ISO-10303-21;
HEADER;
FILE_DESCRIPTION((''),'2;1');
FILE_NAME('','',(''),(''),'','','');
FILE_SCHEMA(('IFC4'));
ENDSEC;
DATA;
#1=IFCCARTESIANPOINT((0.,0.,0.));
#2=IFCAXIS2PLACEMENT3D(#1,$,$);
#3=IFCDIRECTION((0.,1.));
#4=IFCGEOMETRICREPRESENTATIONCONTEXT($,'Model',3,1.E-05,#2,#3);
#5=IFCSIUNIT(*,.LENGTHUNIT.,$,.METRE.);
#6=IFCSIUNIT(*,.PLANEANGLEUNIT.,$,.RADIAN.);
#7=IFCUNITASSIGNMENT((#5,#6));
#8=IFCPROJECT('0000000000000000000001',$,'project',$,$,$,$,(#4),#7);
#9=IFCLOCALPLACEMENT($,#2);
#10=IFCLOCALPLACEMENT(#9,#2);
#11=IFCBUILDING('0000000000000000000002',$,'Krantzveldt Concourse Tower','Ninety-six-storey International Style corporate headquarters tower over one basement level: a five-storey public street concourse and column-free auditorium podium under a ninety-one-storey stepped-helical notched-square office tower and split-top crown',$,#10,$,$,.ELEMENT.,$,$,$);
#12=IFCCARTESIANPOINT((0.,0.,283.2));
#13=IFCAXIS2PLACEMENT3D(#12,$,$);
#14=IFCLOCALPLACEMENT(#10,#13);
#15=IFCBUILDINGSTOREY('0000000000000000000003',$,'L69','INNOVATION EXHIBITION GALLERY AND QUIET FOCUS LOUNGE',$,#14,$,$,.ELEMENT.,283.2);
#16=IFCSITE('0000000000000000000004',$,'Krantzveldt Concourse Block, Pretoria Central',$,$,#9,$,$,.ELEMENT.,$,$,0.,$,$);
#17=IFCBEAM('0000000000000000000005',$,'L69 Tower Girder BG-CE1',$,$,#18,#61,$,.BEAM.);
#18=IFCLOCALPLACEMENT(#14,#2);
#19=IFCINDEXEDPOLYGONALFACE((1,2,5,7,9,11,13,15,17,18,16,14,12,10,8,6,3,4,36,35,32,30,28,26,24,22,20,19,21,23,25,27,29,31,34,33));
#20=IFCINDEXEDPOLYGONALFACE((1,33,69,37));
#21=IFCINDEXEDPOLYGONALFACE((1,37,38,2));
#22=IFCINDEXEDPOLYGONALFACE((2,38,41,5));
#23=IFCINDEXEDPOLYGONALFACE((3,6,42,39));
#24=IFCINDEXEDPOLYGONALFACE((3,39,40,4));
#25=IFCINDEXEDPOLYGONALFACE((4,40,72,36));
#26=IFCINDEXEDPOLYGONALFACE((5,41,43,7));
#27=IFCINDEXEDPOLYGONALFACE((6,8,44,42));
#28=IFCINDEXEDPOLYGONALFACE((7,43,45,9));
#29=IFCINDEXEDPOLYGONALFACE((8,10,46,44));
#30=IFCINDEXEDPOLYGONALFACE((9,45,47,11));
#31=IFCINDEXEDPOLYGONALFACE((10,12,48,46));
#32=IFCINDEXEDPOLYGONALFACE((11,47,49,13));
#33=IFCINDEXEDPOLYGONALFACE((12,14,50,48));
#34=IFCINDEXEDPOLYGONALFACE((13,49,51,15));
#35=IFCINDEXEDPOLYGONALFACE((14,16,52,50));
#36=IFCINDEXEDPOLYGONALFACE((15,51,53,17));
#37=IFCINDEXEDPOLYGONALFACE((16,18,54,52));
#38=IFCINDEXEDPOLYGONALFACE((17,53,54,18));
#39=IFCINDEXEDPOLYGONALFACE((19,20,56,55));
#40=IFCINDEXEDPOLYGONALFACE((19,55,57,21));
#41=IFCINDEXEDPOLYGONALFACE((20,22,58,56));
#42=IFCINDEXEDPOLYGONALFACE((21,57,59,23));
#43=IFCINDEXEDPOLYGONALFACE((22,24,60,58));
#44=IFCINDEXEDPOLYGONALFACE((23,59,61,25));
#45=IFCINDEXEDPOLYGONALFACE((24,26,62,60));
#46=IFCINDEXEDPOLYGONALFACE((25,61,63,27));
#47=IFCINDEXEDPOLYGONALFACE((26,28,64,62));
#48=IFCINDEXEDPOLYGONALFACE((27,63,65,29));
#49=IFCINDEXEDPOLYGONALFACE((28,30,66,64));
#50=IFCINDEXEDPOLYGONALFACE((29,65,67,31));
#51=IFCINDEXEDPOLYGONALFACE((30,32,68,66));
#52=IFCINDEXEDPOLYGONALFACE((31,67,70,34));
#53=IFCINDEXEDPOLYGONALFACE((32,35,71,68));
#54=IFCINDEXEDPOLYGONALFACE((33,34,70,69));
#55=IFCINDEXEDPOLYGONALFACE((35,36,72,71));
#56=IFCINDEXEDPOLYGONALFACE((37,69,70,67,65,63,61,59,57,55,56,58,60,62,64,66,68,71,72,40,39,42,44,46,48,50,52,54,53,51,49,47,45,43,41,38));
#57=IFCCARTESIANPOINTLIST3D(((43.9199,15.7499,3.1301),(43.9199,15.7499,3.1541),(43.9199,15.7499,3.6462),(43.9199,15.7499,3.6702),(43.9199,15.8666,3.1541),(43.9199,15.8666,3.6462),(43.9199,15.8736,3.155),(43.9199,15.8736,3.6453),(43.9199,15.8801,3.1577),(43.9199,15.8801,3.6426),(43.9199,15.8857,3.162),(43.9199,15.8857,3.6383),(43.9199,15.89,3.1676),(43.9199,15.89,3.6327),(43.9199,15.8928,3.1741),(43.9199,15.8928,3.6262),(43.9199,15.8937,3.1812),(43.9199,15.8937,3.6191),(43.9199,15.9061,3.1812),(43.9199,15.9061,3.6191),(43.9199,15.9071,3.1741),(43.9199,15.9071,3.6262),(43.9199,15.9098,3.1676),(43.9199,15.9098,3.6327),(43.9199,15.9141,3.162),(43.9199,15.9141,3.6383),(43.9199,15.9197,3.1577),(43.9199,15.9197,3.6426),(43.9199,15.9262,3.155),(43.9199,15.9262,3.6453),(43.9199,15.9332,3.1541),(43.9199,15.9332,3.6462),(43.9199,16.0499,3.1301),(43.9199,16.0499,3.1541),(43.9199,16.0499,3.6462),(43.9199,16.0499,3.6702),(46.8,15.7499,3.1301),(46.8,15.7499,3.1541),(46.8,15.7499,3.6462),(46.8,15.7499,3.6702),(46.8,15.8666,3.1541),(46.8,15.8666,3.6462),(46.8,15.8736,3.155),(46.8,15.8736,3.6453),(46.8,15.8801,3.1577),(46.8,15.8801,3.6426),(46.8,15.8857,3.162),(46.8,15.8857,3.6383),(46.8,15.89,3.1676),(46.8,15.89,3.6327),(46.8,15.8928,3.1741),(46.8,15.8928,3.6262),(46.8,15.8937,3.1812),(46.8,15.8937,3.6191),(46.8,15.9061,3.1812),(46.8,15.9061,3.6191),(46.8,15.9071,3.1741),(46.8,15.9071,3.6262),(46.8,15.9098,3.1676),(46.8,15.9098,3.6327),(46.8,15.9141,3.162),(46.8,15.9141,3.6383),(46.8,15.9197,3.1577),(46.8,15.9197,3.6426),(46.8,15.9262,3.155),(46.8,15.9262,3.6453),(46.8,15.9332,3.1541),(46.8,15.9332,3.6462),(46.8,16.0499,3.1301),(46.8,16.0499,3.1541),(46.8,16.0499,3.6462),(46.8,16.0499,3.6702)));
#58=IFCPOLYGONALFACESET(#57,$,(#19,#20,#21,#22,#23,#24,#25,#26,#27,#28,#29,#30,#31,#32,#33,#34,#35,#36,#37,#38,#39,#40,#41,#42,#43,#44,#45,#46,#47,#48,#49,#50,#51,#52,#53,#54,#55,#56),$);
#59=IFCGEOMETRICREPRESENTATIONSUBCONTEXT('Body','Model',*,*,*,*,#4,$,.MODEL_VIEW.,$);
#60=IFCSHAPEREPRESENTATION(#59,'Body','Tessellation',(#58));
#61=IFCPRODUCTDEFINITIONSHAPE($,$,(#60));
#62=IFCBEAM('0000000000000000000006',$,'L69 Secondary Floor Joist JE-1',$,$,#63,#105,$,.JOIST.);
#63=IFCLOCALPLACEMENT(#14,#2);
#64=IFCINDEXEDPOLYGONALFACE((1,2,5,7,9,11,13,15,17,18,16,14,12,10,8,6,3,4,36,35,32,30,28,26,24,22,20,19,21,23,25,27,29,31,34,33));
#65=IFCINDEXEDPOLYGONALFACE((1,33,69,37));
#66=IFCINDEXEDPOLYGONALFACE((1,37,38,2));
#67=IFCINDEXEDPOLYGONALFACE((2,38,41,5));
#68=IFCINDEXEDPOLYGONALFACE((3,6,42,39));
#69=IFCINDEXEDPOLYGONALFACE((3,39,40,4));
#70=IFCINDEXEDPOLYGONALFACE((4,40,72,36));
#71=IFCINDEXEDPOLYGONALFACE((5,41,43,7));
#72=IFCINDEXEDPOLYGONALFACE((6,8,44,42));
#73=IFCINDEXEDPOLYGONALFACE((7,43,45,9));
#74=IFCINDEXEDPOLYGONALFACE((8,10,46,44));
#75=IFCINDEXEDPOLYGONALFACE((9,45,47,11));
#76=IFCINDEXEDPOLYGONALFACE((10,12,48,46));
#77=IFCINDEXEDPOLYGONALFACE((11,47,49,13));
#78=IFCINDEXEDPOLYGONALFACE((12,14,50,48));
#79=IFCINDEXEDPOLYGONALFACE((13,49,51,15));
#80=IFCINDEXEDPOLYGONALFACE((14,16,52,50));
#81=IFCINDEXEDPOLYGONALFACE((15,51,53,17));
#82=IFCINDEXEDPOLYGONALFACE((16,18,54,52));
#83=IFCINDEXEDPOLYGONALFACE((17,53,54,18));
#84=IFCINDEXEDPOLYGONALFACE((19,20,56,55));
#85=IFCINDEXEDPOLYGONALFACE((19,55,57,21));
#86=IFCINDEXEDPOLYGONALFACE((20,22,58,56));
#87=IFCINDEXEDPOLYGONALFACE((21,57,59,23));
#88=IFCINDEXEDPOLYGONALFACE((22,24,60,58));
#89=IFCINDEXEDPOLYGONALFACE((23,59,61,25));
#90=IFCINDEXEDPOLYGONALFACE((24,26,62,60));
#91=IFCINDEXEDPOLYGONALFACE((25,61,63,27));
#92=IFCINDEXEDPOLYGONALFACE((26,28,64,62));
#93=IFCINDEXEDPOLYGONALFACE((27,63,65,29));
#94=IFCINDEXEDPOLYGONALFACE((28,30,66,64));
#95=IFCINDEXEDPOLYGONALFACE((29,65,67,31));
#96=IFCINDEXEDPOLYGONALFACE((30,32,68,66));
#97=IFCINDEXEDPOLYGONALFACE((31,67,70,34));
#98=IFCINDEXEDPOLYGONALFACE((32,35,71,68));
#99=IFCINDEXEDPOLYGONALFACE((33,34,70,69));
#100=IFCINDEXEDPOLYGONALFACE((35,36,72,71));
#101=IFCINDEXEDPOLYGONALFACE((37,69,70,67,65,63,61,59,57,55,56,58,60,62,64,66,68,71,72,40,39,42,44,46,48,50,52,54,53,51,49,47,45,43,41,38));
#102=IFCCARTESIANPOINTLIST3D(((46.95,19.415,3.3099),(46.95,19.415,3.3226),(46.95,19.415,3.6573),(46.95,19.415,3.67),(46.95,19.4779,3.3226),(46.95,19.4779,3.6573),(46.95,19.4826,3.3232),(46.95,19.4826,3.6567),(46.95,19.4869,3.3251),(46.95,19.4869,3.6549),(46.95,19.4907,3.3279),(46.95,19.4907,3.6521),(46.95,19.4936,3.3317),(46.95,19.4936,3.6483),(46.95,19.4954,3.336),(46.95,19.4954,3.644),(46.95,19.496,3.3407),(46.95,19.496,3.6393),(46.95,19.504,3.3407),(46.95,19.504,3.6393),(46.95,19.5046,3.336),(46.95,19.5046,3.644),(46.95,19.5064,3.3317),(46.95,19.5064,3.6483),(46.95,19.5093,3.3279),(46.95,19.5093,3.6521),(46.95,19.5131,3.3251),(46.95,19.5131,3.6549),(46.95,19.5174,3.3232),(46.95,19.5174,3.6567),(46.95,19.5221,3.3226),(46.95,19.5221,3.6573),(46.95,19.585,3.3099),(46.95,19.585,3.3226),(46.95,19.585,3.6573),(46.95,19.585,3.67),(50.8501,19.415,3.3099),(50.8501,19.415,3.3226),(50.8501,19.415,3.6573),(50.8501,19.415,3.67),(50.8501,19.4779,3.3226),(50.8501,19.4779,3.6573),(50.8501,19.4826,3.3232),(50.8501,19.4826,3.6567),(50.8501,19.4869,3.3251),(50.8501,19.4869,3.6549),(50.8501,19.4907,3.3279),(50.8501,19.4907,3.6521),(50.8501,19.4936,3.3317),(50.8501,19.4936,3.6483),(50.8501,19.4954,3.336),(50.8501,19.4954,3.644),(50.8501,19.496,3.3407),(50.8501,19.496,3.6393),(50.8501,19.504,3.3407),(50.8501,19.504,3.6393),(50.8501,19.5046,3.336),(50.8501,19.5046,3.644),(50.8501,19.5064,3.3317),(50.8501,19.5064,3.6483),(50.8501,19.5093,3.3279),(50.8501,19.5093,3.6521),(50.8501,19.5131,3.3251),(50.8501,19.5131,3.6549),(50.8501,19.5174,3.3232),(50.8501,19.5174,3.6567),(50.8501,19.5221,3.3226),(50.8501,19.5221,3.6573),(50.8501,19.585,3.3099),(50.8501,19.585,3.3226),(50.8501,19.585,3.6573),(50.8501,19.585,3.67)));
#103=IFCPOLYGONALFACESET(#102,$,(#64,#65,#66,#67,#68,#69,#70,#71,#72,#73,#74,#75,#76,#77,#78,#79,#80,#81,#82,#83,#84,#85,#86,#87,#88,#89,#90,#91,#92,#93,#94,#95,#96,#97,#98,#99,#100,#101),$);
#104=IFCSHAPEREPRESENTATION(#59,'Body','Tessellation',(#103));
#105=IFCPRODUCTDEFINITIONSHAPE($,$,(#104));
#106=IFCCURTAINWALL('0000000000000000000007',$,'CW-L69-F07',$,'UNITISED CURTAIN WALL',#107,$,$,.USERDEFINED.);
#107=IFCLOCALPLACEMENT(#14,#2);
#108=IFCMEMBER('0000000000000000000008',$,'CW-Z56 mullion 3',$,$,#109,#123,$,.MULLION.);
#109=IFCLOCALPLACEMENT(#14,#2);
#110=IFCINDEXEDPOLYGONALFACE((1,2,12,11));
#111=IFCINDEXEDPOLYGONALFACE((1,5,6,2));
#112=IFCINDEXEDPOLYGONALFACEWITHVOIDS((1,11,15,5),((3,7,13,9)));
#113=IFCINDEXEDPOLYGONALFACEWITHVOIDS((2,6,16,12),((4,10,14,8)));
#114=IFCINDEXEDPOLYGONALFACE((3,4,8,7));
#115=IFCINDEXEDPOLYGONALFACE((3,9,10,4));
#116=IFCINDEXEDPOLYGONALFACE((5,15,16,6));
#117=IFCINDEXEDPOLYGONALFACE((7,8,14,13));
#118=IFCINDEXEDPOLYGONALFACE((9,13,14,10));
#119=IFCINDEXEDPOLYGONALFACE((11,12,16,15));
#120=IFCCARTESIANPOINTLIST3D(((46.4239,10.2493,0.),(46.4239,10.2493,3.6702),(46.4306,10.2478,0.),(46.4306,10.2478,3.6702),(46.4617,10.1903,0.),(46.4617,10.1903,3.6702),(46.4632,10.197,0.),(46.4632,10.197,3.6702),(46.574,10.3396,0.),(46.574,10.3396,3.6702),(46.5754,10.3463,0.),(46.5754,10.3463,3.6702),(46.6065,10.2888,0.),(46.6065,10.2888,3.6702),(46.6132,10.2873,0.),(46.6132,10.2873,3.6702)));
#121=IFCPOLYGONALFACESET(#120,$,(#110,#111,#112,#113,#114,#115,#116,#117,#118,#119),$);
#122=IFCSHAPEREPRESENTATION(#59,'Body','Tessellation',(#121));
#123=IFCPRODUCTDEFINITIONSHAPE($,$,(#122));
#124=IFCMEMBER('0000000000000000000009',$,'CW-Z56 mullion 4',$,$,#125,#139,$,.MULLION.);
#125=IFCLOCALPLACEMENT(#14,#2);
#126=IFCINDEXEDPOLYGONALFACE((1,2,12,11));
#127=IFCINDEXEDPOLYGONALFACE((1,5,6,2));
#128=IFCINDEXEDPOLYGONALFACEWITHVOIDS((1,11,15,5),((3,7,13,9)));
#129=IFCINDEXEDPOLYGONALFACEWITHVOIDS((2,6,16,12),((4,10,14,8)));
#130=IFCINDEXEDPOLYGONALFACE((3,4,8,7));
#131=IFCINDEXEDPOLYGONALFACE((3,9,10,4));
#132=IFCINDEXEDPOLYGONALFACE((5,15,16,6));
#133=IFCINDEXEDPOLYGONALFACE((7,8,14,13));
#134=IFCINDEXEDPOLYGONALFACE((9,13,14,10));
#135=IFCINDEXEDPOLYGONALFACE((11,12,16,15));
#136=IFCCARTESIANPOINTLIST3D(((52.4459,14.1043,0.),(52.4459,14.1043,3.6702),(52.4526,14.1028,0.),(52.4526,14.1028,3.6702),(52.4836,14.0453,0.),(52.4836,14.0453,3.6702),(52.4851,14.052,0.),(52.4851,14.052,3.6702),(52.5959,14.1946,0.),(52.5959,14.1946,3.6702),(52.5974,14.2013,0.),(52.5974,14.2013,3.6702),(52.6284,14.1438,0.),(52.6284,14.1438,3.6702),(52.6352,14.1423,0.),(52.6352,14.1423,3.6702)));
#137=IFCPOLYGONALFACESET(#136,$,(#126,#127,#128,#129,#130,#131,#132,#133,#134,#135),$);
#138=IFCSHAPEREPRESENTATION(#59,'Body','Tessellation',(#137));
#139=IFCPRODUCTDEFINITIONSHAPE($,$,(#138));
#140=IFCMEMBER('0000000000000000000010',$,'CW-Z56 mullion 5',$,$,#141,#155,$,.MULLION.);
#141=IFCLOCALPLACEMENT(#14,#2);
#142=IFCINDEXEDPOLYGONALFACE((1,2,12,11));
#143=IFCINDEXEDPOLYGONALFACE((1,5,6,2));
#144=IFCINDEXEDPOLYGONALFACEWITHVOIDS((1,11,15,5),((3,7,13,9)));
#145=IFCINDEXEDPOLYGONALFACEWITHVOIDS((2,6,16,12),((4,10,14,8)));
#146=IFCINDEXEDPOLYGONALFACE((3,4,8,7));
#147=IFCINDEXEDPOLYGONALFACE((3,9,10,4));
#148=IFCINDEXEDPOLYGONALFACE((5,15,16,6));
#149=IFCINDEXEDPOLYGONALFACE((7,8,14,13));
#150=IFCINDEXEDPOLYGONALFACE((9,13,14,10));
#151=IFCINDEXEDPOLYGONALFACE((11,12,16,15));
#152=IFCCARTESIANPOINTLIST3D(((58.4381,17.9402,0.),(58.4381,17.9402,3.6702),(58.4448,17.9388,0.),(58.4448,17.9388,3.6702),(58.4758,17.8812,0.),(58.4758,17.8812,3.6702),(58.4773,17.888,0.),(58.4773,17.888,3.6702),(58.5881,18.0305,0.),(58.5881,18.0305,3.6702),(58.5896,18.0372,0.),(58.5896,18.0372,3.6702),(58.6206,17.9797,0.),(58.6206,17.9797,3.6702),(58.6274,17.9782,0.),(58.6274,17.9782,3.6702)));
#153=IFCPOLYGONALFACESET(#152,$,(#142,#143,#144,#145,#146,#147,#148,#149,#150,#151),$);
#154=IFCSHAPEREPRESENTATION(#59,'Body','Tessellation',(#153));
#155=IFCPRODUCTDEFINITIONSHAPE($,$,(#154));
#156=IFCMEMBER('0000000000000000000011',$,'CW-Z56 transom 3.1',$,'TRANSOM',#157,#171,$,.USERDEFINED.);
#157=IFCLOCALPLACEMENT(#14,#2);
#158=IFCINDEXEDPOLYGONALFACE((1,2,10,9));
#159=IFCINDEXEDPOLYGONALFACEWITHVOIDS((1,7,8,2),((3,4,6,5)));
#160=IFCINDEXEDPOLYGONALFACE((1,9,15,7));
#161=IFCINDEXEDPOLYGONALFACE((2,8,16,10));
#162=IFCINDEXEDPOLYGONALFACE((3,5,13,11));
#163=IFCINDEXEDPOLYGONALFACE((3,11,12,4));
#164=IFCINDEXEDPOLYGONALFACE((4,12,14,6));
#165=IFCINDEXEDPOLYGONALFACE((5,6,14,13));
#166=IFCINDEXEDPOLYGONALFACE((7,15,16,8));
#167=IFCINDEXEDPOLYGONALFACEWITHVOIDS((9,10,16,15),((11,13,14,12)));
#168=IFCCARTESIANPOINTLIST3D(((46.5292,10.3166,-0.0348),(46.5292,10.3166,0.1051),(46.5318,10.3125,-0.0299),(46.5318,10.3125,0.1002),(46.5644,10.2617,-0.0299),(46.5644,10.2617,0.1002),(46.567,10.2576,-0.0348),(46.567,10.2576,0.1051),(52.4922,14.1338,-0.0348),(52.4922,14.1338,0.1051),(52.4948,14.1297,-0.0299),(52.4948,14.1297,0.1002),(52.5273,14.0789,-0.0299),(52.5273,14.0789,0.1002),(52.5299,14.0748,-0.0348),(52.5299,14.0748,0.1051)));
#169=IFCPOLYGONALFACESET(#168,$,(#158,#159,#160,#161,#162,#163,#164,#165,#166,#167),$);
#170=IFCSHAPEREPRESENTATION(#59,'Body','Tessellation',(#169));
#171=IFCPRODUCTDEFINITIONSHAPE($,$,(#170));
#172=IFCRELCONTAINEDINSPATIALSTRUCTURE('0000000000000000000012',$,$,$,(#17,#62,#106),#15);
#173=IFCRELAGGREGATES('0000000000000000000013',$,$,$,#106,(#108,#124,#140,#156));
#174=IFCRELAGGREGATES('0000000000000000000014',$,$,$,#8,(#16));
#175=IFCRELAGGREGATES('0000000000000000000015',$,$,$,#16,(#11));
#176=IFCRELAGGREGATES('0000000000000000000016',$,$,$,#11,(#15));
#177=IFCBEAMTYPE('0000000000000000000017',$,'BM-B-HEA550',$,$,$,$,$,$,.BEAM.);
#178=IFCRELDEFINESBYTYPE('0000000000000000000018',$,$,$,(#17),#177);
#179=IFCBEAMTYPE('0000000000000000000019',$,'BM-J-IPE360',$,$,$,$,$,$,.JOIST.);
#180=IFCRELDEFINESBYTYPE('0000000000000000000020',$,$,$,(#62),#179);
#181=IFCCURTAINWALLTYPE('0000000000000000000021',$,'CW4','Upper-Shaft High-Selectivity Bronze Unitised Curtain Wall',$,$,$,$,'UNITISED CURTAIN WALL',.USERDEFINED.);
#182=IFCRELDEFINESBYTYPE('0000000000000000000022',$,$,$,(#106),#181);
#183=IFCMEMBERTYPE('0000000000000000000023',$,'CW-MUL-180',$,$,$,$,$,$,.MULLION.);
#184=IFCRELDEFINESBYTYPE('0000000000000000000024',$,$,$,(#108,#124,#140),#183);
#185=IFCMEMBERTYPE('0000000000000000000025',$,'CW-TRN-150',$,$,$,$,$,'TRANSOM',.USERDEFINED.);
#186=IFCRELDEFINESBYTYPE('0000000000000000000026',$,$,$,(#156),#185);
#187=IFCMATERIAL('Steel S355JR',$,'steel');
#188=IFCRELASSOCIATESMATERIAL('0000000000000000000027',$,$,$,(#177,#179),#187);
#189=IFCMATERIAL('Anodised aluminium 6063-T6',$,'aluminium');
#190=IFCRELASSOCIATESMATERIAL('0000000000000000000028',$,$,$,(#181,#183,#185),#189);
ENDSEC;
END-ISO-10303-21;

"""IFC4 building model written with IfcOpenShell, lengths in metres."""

from ifc_helpers import new_model, si_unit, direction, frame, origin, origin_2d, place, context, subcontext, project, spatial, hollow_rectangle, i_section, extrude, source, transform, mapped, material, material_profile, profile_set, type_object, type_shapes, element, aggregate, save


model = new_model("IFC4")

# Units and contexts
model_context = context("Model", 3, precision=1e-05, world=origin(), true_north=direction((0.0, 1.0)))
body_context = subcontext(model_context, "Body", "Model", "MODEL_VIEW")
ifc_project = project(units=[si_unit("LENGTHUNIT", "METRE"), si_unit("PLANEANGLEUNIT", "RADIAN")], contexts=[model_context])

# Site, building, storey
site_placement = place(None, origin())
site = spatial("IfcSite", under=ifc_project, at=site_placement, Name="Krantzveldt Concourse Block, Pretoria Central", CompositionType="ELEMENT", RefElevation=0.0)
building_placement = place(site_placement, origin())
building = spatial("IfcBuilding", under=site, at=building_placement, Name="Krantzveldt Concourse Tower", Description="Ninety-six-storey International Style corporate headquarters tower over one basement level: a five-storey public street concourse and column-free auditorium podium under a ninety-one-storey stepped-helical notched-square office tower and split-top crown", CompositionType="ELEMENT")
storey_placement = place(building_placement, frame((0.0, 0.0, 283.2)))
storey = spatial("IfcBuildingStorey", under=building, at=storey_placement, Name="L69", Description="INNOVATION EXHIBITION GALLERY AND QUIET FOCUS LOUNGE", CompositionType="ELEMENT", Elevation=283.2)

# Beams
ifc_material_1 = material(Name="Steel S355JR", Category="steel")
ifc_material_profile_1 = material_profile(ifc_material_1, i_section(OverallWidth=0.3, OverallDepth=0.54, WebThickness=0.0125, FlangeThickness=0.0239, FilletRadius=0.0271, at=origin_2d()), Name="Steel S355JR", Category="steel")
ifc_profile_set_1 = profile_set([ifc_material_profile_1], Name="Steel S355JR - HEA 550")
beam_type_1 = type_object("IfcBeamType", Name="BM-B-HEA550", PredefinedType="BEAM", material=ifc_profile_set_1)
shared_shape_1 = source(origin(), body_context, "Body", "SweptSolid", [
    extrude(i_section(OverallWidth=0.3, OverallDepth=0.54, WebThickness=0.0125, FlangeThickness=0.0239, FilletRadius=0.0271, at=origin_2d()), origin(), (0.0, 0.0, 1.0), 2.8801),
])
beam_1_placement = place(storey_placement, frame((43.9199, 15.8999, 3.4001), z_axis=(1.0, 0.0, 0.0), x_axis=(0.0, 1.0, 0.0)))
element("IfcBeam", 1, at=beam_1_placement, inside=storey, type_object=beam_type_1, Name="L69 Tower Girder BG-CE1", PredefinedType="BEAM", context=body_context, shape_type="MappedRepresentation", body=[
    mapped(shared_shape_1, transform((0.0, 0.0, 0.0), x_axis=(1.0, 0.0, 0.0), y_axis=(0.0, 1.0, 0.0), z_axis=(0.0, 0.0, 1.0), scale=1.0)),
])
ifc_material_profile_2 = material_profile(ifc_material_1, i_section(OverallWidth=0.1699, OverallDepth=0.3601, WebThickness=0.0081, FlangeThickness=0.0127, FilletRadius=0.0181, at=origin_2d()), Name="Steel S355JR", Category="steel")
ifc_profile_set_2 = profile_set([ifc_material_profile_2], Name="Steel S355JR - IPE 360")
beam_type_2 = type_object("IfcBeamType", Name="BM-J-IPE360", PredefinedType="JOIST", material=ifc_profile_set_2)
shared_shape_2 = source(origin(), body_context, "Body", "SweptSolid", [
    extrude(i_section(OverallWidth=0.1699, OverallDepth=0.3601, WebThickness=0.0081, FlangeThickness=0.0127, FilletRadius=0.0181, at=origin_2d()), origin(), (0.0, 0.0, 1.0), 3.9001),
])
type_shapes(beam_type_2, [shared_shape_2])
beam_2_placement = place(storey_placement, frame((46.95, 19.5, 3.49), z_axis=(1.0, 0.0, 0.0), x_axis=(0.0, 1.0, 0.0)))
element("IfcBeam", 2, at=beam_2_placement, inside=storey, type_object=beam_type_2, Name="L69 Secondary Floor Joist JE-1", PredefinedType="JOIST", context=body_context, shape_type="MappedRepresentation", body=[
    mapped(shared_shape_2, transform((0.0, 0.0, 0.0), x_axis=(1.0, 0.0, 0.0), y_axis=(0.0, 1.0, 0.0), z_axis=(0.0, 0.0, 1.0), scale=1.0)),
])

# Curtain wall, members
ifc_material_2 = material(Name="Anodised aluminium 6063-T6", Category="aluminium")
curtain_wall_type = type_object("IfcCurtainWallType", Name="CW4", Description="Upper-Shaft High-Selectivity Bronze Unitised Curtain Wall", ElementType="UNITISED CURTAIN WALL", PredefinedType="USERDEFINED", material=ifc_material_2)
curtain_wall_placement = place(storey_placement, origin())
curtain_wall = element("IfcCurtainWall", 3, at=curtain_wall_placement, inside=storey, type_object=curtain_wall_type, Name="CW-L69-F07", ObjectType="UNITISED CURTAIN WALL", PredefinedType="USERDEFINED")
ifc_material_profile_3 = material_profile(ifc_material_2, hollow_rectangle(XDim=0.0701, YDim=0.1799, WallThickness=0.0049, at=origin_2d()), Name="Anodised aluminium 6063-T6", Category="aluminium")
ifc_profile_set_3 = profile_set([ifc_material_profile_3], Name="Anodised aluminium 6063-T6 - ALU-MULL 180x70x5")
member_type_1 = type_object("IfcMemberType", Name="CW-MUL-180", PredefinedType="MULLION", material=ifc_profile_set_3)
shared_shape_3 = source(origin(), body_context, "Body", "SweptSolid", [
    extrude(hollow_rectangle(XDim=0.0701, YDim=0.1799, WallThickness=0.0049, at=origin_2d()), origin(), (0.0, 0.0, 1.0), 3.6702),
])
type_shapes(member_type_1, [shared_shape_3])
member_1_placement = place(storey_placement, frame((46.5186, 10.2683, 0.0), z_axis=(0.0, 0.0, 1.0), x_axis=(-0.539138, 0.842217, 0.0)))
member_1 = element("IfcMember", 4, at=member_1_placement, type_object=member_type_1, Name="CW-Z56 mullion 3", PredefinedType="MULLION", context=body_context, shape_type="MappedRepresentation", body=[
    mapped(shared_shape_3, transform((0.0, 0.0, 0.0), x_axis=(1.0, 0.0, 0.0), y_axis=(0.0, 1.0, 0.0), z_axis=(0.0, 0.0, 1.0), scale=1.0)),
])
member_2_placement = place(storey_placement, frame((52.5405, 14.1233, 0.0), z_axis=(0.0, 0.0, 1.0), x_axis=(-0.539138, 0.842217, 0.0)))
member_2 = element("IfcMember", 5, at=member_2_placement, type_object=member_type_1, Name="CW-Z56 mullion 4", PredefinedType="MULLION", context=body_context, shape_type="MappedRepresentation", body=[
    mapped(shared_shape_3, transform((0.0, 0.0, 0.0), x_axis=(1.0, 0.0, 0.0), y_axis=(0.0, 1.0, 0.0), z_axis=(0.0, 0.0, 1.0), scale=1.0)),
])
member_3_placement = place(storey_placement, frame((58.5327, 17.9592, 0.0), z_axis=(0.0, 0.0, 1.0), x_axis=(-0.539138, 0.842217, 0.0)))
member_3 = element("IfcMember", 6, at=member_3_placement, type_object=member_type_1, Name="CW-Z56 mullion 5", PredefinedType="MULLION", context=body_context, shape_type="MappedRepresentation", body=[
    mapped(shared_shape_3, transform((0.0, 0.0, 0.0), x_axis=(1.0, 0.0, 0.0), y_axis=(0.0, 1.0, 0.0), z_axis=(0.0, 0.0, 1.0), scale=1.0)),
])
ifc_material_profile_4 = material_profile(ifc_material_2, hollow_rectangle(XDim=0.0701, YDim=0.1399, WallThickness=0.0049, at=origin_2d()), Name="Anodised aluminium 6063-T6", Category="aluminium")
ifc_profile_set_4 = profile_set([ifc_material_profile_4], Name="Anodised aluminium 6063-T6 - ALU-TRAN 140x70x5")
member_type_2 = type_object("IfcMemberType", Name="CW-TRN-150", ElementType="TRANSOM", PredefinedType="USERDEFINED", material=ifc_profile_set_4)
shared_shape_4 = source(origin(), body_context, "Body", "SweptSolid", [
    extrude(hollow_rectangle(XDim=0.0701, YDim=0.1399, WallThickness=0.0049, at=origin_2d()), origin(), (0.0, 0.0, 1.0), 7.0801),
])
member_4_placement = place(storey_placement, frame((46.5481, 10.2871, 0.0352), z_axis=(0.842214, 0.539143, 0.0), x_axis=(-0.539143, 0.842214, 0.0)))
member_4 = element("IfcMember", 7, at=member_4_placement, type_object=member_type_2, Name="CW-Z56 transom 3.1", ObjectType="TRANSOM", PredefinedType="USERDEFINED", context=body_context, shape_type="MappedRepresentation", body=[
    mapped(shared_shape_4, transform((0.0, 0.0, 0.0), x_axis=(1.0, 0.0, 0.0), y_axis=(0.0, 1.0, 0.0), z_axis=(0.0, 0.0, 1.0), scale=1.0)),
])
aggregate(curtain_wall, [member_1, member_2, member_3, member_4])

save(model, "model.ifc")
